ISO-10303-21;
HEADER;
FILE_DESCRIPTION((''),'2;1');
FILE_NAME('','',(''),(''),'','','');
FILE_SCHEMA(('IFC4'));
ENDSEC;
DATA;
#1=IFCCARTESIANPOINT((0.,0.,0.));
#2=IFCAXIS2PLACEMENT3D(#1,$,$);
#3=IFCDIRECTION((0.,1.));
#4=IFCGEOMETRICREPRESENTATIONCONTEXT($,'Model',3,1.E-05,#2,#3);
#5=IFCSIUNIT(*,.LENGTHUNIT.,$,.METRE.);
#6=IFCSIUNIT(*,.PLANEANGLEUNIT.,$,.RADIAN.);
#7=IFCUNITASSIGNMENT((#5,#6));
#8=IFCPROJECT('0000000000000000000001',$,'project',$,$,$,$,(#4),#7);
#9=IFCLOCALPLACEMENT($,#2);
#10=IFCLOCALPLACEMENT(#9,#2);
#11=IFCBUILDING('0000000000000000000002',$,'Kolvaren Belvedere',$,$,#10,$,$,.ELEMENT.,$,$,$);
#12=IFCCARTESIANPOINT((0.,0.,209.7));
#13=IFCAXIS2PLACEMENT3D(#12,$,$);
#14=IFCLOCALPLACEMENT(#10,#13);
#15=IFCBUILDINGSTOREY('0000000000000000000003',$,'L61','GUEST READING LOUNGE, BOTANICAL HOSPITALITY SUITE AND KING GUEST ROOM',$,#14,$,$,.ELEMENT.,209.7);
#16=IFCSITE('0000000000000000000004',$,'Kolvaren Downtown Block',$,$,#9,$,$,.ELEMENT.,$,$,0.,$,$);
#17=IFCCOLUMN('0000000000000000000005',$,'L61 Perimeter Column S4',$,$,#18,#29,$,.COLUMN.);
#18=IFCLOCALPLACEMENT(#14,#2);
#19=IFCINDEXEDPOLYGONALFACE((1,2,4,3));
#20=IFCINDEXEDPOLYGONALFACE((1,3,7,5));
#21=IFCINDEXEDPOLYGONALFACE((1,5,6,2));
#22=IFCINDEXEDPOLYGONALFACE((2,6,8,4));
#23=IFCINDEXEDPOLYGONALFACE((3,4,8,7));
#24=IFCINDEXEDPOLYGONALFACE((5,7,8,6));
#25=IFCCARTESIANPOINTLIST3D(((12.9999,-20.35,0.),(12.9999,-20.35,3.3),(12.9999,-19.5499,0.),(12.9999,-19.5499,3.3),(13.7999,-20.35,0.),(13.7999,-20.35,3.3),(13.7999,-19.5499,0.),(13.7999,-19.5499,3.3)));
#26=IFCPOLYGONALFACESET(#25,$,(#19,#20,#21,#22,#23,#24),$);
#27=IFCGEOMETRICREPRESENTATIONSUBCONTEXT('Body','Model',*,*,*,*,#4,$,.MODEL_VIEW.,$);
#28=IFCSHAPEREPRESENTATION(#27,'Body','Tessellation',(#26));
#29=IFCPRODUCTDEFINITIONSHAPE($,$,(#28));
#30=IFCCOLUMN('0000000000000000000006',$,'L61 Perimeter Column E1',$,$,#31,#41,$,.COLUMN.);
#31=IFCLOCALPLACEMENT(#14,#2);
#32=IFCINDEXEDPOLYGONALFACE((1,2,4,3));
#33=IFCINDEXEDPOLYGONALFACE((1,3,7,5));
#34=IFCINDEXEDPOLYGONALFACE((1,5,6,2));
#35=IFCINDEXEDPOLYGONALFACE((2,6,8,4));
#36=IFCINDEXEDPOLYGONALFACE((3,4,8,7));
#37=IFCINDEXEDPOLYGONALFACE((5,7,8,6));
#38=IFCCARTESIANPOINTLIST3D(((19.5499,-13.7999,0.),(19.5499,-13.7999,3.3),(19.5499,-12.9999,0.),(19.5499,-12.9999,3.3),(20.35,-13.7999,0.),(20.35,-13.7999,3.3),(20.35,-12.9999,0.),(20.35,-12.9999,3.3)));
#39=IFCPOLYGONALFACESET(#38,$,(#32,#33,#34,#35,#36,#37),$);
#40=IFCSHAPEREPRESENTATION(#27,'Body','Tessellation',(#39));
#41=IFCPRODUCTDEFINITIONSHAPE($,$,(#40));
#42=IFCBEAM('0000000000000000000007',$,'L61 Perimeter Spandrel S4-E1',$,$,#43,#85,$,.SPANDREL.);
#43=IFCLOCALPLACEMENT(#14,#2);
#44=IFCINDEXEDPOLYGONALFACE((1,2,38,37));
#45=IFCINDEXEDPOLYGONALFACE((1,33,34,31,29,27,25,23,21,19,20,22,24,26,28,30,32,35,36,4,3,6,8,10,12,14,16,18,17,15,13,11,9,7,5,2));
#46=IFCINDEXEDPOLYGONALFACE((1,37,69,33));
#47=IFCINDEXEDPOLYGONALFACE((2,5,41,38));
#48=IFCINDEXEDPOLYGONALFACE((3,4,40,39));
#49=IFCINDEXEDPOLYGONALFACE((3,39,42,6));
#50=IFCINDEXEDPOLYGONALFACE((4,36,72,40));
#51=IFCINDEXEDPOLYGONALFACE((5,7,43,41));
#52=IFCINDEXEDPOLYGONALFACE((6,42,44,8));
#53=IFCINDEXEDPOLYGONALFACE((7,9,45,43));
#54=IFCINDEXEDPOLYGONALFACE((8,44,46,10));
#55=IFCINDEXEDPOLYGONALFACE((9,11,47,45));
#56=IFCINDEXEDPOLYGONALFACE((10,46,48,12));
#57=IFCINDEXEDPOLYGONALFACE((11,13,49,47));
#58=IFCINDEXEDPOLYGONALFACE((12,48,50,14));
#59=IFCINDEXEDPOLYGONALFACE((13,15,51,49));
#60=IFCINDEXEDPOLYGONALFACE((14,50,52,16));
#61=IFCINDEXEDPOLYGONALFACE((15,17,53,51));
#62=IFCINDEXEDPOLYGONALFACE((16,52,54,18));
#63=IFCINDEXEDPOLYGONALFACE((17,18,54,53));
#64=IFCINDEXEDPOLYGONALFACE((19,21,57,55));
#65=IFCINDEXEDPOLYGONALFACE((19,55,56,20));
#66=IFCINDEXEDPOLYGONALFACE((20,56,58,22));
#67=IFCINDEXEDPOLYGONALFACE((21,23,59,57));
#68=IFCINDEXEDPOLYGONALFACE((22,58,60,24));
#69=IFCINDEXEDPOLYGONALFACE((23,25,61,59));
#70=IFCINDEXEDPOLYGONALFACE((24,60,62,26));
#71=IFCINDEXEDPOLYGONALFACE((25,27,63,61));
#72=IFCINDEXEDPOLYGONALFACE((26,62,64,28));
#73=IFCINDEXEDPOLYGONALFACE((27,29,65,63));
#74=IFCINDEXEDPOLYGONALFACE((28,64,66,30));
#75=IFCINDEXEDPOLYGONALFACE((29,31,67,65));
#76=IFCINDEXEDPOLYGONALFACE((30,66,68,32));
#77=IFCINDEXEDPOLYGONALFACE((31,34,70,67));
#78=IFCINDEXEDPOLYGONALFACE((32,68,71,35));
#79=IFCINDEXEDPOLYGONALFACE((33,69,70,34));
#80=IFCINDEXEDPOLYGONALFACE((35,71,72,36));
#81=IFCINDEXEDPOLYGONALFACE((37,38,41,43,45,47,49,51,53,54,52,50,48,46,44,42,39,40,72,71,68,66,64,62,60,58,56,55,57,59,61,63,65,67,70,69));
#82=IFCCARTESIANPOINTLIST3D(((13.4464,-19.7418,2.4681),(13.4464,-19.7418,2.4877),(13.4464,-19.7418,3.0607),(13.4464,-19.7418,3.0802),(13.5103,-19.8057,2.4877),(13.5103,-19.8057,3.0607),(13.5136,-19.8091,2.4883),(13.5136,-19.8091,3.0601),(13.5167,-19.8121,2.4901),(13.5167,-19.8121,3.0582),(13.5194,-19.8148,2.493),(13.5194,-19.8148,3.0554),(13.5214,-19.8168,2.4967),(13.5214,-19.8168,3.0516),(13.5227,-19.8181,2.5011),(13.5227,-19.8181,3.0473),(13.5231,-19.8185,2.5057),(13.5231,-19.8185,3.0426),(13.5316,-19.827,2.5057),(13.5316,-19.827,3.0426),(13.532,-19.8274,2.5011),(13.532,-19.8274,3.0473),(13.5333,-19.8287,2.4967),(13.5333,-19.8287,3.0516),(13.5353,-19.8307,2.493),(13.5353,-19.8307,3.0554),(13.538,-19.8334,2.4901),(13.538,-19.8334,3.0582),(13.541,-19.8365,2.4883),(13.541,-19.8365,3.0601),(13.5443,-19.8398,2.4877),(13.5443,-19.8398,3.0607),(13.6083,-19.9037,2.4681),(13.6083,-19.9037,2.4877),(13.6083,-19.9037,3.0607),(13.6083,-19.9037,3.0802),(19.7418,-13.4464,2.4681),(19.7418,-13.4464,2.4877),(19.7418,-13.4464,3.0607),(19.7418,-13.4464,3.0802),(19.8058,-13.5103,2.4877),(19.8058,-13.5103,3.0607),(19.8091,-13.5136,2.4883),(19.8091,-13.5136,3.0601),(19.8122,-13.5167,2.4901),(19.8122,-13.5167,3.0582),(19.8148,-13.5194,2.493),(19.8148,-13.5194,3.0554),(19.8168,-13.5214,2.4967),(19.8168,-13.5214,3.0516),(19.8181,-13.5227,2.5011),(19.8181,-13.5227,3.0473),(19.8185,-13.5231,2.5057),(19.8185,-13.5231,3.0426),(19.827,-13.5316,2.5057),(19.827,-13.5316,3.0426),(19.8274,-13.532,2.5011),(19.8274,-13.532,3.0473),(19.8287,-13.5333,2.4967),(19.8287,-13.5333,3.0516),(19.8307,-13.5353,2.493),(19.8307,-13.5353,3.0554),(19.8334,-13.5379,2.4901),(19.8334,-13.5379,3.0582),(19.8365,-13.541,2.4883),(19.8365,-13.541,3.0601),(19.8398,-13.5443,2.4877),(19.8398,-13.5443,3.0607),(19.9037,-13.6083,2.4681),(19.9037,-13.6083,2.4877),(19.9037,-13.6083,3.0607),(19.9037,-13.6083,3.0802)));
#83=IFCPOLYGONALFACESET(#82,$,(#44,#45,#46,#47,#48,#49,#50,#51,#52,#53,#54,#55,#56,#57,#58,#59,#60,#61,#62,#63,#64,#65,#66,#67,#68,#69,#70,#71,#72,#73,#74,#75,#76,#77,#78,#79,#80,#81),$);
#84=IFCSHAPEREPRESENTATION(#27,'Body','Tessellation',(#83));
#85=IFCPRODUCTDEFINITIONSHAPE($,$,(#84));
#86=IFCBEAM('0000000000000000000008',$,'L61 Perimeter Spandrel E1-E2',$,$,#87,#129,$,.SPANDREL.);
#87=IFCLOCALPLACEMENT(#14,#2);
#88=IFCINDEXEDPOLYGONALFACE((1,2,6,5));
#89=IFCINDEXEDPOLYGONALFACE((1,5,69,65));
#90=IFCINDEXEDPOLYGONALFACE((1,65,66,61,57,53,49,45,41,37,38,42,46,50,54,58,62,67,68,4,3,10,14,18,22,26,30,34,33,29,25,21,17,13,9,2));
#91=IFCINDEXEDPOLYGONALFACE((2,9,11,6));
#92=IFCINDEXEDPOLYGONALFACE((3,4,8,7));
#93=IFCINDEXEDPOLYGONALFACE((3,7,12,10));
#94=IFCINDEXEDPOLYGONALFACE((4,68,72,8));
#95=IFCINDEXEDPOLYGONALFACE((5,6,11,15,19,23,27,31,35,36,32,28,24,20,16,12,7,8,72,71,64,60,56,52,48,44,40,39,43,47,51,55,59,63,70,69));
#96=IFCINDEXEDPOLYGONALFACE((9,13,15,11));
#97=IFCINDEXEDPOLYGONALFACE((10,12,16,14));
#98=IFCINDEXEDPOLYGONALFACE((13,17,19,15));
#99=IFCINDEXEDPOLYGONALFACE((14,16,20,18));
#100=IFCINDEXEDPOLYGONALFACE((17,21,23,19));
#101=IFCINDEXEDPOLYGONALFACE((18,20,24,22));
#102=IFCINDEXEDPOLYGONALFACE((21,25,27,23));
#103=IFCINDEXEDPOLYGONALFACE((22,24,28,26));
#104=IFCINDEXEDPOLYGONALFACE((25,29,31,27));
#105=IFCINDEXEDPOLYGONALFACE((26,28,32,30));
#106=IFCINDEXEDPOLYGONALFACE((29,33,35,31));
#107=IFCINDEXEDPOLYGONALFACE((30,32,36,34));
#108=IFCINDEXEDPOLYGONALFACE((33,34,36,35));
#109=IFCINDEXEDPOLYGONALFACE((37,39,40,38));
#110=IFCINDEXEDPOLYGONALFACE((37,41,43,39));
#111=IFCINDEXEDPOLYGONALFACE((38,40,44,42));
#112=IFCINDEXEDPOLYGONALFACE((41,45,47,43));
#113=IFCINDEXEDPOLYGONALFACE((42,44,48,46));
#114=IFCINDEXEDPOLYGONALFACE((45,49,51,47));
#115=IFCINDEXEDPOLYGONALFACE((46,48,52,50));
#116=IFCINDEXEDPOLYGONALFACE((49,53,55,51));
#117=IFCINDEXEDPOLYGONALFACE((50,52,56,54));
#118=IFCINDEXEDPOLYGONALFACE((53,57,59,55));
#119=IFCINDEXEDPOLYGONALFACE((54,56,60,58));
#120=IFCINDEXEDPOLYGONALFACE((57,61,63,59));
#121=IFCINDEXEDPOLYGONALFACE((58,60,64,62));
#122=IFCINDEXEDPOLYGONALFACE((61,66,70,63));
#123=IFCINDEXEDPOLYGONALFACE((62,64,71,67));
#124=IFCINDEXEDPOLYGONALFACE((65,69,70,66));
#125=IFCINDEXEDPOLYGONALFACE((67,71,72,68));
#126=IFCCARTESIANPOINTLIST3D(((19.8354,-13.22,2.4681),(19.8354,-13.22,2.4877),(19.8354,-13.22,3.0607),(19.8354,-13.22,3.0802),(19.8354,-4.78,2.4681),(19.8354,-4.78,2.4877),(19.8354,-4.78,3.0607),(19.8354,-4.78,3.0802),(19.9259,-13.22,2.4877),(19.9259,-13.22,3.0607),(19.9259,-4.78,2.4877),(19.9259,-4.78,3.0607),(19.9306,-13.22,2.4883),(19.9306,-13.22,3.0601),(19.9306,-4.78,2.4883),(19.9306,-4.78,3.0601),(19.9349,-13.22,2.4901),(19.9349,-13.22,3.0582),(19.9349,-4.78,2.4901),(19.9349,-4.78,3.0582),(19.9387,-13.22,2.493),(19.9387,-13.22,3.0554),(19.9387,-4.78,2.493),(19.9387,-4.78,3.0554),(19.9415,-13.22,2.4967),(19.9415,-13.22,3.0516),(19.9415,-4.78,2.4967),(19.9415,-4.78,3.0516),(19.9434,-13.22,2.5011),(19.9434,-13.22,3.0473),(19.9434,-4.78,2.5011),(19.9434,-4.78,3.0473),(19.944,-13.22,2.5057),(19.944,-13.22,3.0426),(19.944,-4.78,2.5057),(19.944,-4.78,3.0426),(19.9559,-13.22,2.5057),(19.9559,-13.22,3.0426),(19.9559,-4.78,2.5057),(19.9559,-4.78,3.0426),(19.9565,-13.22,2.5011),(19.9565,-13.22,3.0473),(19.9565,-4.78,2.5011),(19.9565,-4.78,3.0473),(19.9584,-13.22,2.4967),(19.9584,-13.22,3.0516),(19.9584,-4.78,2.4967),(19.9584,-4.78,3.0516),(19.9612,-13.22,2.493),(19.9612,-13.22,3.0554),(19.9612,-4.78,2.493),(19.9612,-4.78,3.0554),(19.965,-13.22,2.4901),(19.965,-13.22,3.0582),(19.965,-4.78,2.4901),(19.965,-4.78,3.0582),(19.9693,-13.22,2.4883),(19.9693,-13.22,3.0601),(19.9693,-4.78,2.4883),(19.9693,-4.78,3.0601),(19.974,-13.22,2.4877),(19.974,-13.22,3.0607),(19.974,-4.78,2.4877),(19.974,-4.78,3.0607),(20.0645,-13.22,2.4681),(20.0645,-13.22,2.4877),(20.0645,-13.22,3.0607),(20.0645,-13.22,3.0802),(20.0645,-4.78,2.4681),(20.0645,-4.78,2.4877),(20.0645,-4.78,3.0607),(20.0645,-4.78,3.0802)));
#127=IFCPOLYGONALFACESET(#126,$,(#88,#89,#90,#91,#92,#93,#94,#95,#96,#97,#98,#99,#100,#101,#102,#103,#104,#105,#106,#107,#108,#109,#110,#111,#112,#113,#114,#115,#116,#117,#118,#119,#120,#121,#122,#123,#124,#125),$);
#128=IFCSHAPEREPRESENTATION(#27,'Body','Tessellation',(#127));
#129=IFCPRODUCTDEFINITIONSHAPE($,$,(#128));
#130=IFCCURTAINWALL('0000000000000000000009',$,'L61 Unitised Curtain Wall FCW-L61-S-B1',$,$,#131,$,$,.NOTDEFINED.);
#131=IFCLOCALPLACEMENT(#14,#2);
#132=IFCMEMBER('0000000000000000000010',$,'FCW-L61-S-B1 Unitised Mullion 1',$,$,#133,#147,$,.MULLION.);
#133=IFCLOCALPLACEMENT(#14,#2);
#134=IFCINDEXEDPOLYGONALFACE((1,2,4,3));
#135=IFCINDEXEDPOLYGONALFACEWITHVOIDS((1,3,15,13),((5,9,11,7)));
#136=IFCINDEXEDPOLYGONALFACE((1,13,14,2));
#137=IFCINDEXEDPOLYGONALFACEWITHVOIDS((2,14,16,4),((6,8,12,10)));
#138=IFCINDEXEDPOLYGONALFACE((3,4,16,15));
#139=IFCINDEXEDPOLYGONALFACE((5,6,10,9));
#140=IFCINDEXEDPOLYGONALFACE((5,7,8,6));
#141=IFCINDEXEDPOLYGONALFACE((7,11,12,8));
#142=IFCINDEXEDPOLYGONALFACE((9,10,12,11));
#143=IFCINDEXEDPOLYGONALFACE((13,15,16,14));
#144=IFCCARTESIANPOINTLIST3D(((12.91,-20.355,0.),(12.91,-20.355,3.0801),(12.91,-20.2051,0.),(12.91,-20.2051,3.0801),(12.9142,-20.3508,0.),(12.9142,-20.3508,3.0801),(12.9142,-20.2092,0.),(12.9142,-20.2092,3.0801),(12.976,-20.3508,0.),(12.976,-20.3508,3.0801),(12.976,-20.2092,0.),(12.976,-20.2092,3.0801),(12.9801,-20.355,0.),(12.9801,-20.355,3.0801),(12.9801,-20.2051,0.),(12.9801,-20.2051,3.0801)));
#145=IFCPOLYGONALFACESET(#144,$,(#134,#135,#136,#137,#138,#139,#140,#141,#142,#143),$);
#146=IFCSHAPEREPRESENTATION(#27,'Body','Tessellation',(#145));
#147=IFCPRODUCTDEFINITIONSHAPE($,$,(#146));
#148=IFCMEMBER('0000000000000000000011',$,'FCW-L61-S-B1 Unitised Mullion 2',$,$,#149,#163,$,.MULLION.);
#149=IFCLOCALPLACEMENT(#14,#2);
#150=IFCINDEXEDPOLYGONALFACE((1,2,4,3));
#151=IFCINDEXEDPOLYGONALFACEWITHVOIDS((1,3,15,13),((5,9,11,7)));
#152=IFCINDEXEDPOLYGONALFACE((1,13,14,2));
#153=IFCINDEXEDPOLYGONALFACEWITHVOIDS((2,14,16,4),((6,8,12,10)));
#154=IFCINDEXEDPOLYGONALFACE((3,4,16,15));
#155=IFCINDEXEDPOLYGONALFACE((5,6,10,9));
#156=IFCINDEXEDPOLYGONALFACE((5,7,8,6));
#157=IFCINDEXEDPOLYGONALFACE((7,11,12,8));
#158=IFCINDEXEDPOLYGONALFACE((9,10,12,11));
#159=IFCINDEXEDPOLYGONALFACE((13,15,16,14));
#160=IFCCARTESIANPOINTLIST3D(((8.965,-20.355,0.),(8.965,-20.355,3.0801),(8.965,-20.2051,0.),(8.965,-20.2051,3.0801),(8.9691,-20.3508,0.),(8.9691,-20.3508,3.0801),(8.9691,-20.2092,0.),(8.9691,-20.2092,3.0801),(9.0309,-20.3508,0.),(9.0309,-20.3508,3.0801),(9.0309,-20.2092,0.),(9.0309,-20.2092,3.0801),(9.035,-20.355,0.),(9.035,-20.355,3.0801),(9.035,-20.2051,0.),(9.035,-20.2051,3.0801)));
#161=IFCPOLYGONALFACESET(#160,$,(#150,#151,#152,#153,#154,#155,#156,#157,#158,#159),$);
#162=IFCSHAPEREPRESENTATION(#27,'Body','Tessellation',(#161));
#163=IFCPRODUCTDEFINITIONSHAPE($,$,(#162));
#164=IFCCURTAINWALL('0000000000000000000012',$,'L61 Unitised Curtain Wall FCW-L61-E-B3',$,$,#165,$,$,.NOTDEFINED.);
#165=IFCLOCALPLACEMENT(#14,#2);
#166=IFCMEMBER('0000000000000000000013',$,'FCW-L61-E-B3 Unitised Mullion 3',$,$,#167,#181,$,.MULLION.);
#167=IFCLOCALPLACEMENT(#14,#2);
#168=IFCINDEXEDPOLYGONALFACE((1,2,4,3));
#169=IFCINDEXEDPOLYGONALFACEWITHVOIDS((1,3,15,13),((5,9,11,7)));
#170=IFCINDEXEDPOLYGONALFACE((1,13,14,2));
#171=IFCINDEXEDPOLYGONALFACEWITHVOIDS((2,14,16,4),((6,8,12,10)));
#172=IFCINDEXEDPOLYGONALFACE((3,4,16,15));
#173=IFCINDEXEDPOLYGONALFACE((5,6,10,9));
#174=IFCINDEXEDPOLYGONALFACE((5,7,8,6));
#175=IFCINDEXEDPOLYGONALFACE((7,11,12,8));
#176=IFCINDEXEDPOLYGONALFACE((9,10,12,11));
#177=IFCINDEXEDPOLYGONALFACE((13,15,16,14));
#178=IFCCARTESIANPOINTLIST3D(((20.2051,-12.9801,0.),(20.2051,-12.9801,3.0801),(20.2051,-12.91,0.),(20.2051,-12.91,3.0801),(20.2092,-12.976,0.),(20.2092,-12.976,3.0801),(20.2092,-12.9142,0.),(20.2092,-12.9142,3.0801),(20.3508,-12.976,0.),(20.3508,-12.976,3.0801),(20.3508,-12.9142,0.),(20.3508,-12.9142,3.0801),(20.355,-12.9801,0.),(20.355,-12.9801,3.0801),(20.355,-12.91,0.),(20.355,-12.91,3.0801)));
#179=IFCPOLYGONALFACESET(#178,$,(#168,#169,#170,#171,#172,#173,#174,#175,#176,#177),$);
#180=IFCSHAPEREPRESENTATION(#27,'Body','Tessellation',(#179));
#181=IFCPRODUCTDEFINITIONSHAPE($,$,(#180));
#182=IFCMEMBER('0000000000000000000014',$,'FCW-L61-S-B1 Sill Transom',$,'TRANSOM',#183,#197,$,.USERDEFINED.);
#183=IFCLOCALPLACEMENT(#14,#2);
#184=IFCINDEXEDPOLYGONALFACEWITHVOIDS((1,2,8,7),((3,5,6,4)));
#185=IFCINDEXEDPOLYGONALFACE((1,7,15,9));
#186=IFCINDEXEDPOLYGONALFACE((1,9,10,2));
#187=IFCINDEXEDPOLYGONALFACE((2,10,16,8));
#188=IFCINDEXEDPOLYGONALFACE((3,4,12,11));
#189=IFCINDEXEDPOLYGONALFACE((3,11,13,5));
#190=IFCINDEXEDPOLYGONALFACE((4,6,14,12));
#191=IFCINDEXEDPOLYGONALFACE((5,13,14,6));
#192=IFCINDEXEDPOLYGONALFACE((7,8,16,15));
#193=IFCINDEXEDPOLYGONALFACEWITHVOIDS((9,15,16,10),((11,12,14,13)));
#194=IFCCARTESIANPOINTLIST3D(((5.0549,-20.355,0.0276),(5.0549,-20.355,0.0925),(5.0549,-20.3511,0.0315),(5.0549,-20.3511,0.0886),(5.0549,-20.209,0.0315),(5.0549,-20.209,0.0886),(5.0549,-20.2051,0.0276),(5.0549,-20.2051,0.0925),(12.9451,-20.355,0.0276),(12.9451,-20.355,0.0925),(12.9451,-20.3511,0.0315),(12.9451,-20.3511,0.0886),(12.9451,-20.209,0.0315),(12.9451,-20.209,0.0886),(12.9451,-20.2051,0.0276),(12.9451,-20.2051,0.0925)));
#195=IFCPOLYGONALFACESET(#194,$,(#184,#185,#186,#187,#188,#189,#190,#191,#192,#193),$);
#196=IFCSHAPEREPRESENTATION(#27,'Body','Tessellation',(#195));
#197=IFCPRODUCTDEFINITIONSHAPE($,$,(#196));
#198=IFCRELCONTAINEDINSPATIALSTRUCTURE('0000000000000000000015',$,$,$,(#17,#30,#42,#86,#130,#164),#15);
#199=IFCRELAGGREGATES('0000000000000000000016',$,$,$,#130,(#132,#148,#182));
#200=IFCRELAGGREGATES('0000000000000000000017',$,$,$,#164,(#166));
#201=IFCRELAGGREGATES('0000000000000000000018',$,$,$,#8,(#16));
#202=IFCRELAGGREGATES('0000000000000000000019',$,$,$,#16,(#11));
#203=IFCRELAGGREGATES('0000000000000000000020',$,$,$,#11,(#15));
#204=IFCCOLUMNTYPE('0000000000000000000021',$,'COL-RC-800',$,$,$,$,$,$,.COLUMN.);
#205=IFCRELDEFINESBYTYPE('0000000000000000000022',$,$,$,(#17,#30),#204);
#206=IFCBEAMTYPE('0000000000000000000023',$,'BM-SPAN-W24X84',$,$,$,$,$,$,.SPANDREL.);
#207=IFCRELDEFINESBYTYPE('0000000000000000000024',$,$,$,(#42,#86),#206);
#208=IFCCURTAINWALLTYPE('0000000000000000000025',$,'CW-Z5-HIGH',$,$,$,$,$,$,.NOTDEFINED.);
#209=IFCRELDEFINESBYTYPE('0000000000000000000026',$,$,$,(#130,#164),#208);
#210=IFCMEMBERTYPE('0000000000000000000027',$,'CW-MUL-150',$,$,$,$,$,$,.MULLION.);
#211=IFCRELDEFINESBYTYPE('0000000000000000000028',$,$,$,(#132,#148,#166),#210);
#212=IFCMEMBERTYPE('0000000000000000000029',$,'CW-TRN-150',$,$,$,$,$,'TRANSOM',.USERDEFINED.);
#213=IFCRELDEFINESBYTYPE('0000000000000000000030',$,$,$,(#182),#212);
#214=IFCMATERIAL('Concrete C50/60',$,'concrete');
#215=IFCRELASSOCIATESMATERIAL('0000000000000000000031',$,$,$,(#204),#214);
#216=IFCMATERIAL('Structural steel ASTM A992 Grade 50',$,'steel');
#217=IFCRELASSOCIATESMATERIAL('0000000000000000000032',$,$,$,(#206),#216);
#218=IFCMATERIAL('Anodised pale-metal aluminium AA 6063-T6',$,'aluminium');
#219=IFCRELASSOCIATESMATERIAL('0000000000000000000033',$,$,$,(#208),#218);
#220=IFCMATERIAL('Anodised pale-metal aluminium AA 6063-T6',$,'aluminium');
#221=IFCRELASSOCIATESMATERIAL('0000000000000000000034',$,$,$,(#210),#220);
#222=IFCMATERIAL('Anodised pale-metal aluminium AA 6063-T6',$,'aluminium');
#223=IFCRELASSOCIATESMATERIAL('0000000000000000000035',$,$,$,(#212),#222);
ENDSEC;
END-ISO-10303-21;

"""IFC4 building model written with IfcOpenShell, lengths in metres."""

from ifc_helpers import new_model, si_unit, direction, frame, origin, origin_2d, place, context, subcontext, project, spatial, rectangle, hollow_rectangle, i_section, extrude, material, material_profile, profile_set, type_object, element, aggregate, save


model = new_model("IFC4")

# Units and contexts
model_context = context("Model", 3, precision=1e-05, world=origin(), true_north=direction((0.0, 1.0)))
body_context = subcontext(model_context, "Body", "Model", "MODEL_VIEW")
ifc_project = project(units=[si_unit("LENGTHUNIT", "METRE"), si_unit("PLANEANGLEUNIT", "RADIAN")], contexts=[model_context])

# Site, building, storey
site_placement = place(None, origin())
site = spatial("IfcSite", under=ifc_project, at=site_placement, Name="Kolvaren Downtown Block", CompositionType="ELEMENT", RefElevation=0.0)
building_placement = place(site_placement, origin())
building = spatial("IfcBuilding", under=site, at=building_placement, Name="Kolvaren Belvedere", CompositionType="ELEMENT")
storey_placement = place(building_placement, frame((0.0, 0.0, 209.7)))
storey = spatial("IfcBuildingStorey", under=building, at=storey_placement, Name="L61", Description="GUEST READING LOUNGE, BOTANICAL HOSPITALITY SUITE AND KING GUEST ROOM", CompositionType="ELEMENT", Elevation=209.7)

# Columns
ifc_material_1 = material(Name="Concrete C50/60", Category="concrete")
ifc_material_profile_1 = material_profile(ifc_material_1, rectangle(XDim=0.8, YDim=0.8, at=origin_2d()), Name="RC 800X800")
ifc_profile_set_1 = profile_set([ifc_material_profile_1], Name="Concrete C50/60")
column_type = type_object("IfcColumnType", Name="COL-RC-800", PredefinedType="COLUMN", material=ifc_profile_set_1)
for number, where, z_axis, x_axis, name in (
    (1, (13.3999, -19.95, 0.0), (0.0, 0.0, 1.0), (1.0, 0.0, 0.0), "L61 Perimeter Column S4"),
    (2, (19.95, -13.3999, 0.0), (0.0, 0.0, 1.0), (1.0, 0.0, 0.0), "L61 Perimeter Column E1"),
):
    element("IfcColumn", number, at=place(storey_placement, frame(where, z_axis=z_axis, x_axis=x_axis)), inside=storey, type_object=column_type, Name=name, PredefinedType="COLUMN", context=body_context, shape_type="SweptSolid", body=[
        extrude(rectangle(XDim=0.8, YDim=0.8, at=origin_2d()), origin(), (0.0, 0.0, 1.0), 3.3),
    ])

# Beams
ifc_material_2 = material(Name="Structural steel ASTM A992 Grade 50", Category="steel")
ifc_material_profile_2 = material_profile(ifc_material_2, i_section(OverallWidth=0.229, OverallDepth=0.6121, WebThickness=0.012, FlangeThickness=0.0195, FilletRadius=0.0181, at=origin_2d()), Name="W24X84")
ifc_profile_set_2 = profile_set([ifc_material_profile_2], Name="Structural steel ASTM A992 Grade 50")
beam_type = type_object("IfcBeamType", Name="BM-SPAN-W24X84", PredefinedType="SPANDREL", material=ifc_profile_set_2)
beam_1_placement = place(storey_placement, frame((13.5273, -19.8228, 2.7742), z_axis=(0.707107, 0.707107, 0.0), x_axis=(-0.707107, 0.707107, 0.0)))
element("IfcBeam", 3, at=beam_1_placement, inside=storey, type_object=beam_type, Name="L61 Perimeter Spandrel S4-E1", PredefinedType="SPANDREL", context=body_context, shape_type="SweptSolid", body=[
    extrude(i_section(OverallWidth=0.229, OverallDepth=0.6121, WebThickness=0.012, FlangeThickness=0.0195, FilletRadius=0.0181, at=origin_2d()), origin(), (0.0, 0.0, 1.0), 8.9031),
])
beam_2_placement = place(storey_placement, frame((19.95, -13.22, 2.7742), z_axis=(0.0, 1.0, 0.0), x_axis=(-1.0, 0.0, 0.0)))
element("IfcBeam", 4, at=beam_2_placement, inside=storey, type_object=beam_type, Name="L61 Perimeter Spandrel E1-E2", PredefinedType="SPANDREL", context=body_context, shape_type="SweptSolid", body=[
    extrude(i_section(OverallWidth=0.229, OverallDepth=0.6121, WebThickness=0.012, FlangeThickness=0.0195, FilletRadius=0.0181, at=origin_2d()), origin(), (0.0, 0.0, 1.0), 8.4399),
])

# Curtain wall, members
ifc_material_3 = material(Name="Anodised pale-metal aluminium AA 6063-T6", Category="aluminium")
curtain_wall_type = type_object("IfcCurtainWallType", Name="CW-Z5-HIGH", PredefinedType="NOTDEFINED", material=ifc_material_3)
curtain_wall_1_placement = place(storey_placement, origin())
curtain_wall_1 = element("IfcCurtainWall", 5, at=curtain_wall_1_placement, inside=storey, type_object=curtain_wall_type, Name="L61 Unitised Curtain Wall FCW-L61-S-B1", PredefinedType="NOTDEFINED")
ifc_material_4 = material(Name="Anodised pale-metal aluminium AA 6063-T6", Category="aluminium")
ifc_material_profile_3 = material_profile(ifc_material_4, hollow_rectangle(XDim=0.0701, YDim=0.1499, WallThickness=0.0042, at=origin_2d()), Name="ALU-MUL-150X70")
ifc_profile_set_3 = profile_set([ifc_material_profile_3], Name="Anodised pale-metal aluminium AA 6063-T6")
member_type_1 = type_object("IfcMemberType", Name="CW-MUL-150", PredefinedType="MULLION", material=ifc_profile_set_3)
member_1_placement = place(storey_placement, frame((12.9451, -20.28, 0.0), z_axis=(0.0, 0.0, 1.0), x_axis=(1.0, 0.0, 0.0)))
member_1 = element("IfcMember", 6, at=member_1_placement, type_object=member_type_1, Name="FCW-L61-S-B1 Unitised Mullion 1", PredefinedType="MULLION", context=body_context, shape_type="SweptSolid", body=[
    extrude(hollow_rectangle(XDim=0.0701, YDim=0.1499, WallThickness=0.0042, at=origin_2d()), origin(), (0.0, 0.0, 1.0), 3.0801),
])
member_2_placement = place(storey_placement, frame((9.0, -20.28, 0.0), z_axis=(0.0, 0.0, 1.0), x_axis=(1.0, 0.0, 0.0)))
member_2 = element("IfcMember", 7, at=member_2_placement, type_object=member_type_1, Name="FCW-L61-S-B1 Unitised Mullion 2", PredefinedType="MULLION", context=body_context, shape_type="SweptSolid", body=[
    extrude(hollow_rectangle(XDim=0.0701, YDim=0.1499, WallThickness=0.0042, at=origin_2d()), origin(), (0.0, 0.0, 1.0), 3.0801),
])

# Curtain wall, member
curtain_wall_2_placement = place(storey_placement, origin())
curtain_wall_2 = element("IfcCurtainWall", 8, at=curtain_wall_2_placement, inside=storey, type_object=curtain_wall_type, Name="L61 Unitised Curtain Wall FCW-L61-E-B3", PredefinedType="NOTDEFINED")
member_3_placement = place(storey_placement, frame((20.28, -12.9451, 0.0), z_axis=(0.0, 0.0, 1.0), x_axis=(0.0, 1.0, 0.0)))
member_3 = element("IfcMember", 9, at=member_3_placement, type_object=member_type_1, Name="FCW-L61-E-B3 Unitised Mullion 3", PredefinedType="MULLION", context=body_context, shape_type="SweptSolid", body=[
    extrude(hollow_rectangle(XDim=0.0701, YDim=0.1499, WallThickness=0.0042, at=origin_2d()), origin(), (0.0, 0.0, 1.0), 3.0801),
])

# Member
ifc_material_5 = material(Name="Anodised pale-metal aluminium AA 6063-T6", Category="aluminium")
ifc_material_profile_4 = material_profile(ifc_material_5, hollow_rectangle(XDim=0.0649, YDim=0.1499, WallThickness=0.0039, at=origin_2d()), Name="ALU-TRN-150X65")
ifc_profile_set_4 = profile_set([ifc_material_profile_4], Name="Anodised pale-metal aluminium AA 6063-T6")
member_type_2 = type_object("IfcMemberType", Name="CW-TRN-150", ElementType="TRANSOM", PredefinedType="USERDEFINED", material=ifc_profile_set_4)
member_4_placement = place(storey_placement, frame((12.9451, -20.28, 0.0601), z_axis=(-1.0, 0.0, 0.0), x_axis=(0.0, 0.0, 1.0)))
member_4 = element("IfcMember", 10, at=member_4_placement, type_object=member_type_2, Name="FCW-L61-S-B1 Sill Transom", ObjectType="TRANSOM", PredefinedType="USERDEFINED", context=body_context, shape_type="SweptSolid", body=[
    extrude(hollow_rectangle(XDim=0.0649, YDim=0.1499, WallThickness=0.0039, at=origin_2d()), origin(), (0.0, 0.0, 1.0), 7.8901),
])

aggregate(curtain_wall_1, [member_1, member_2, member_4])
aggregate(curtain_wall_2, [member_3])

save(model, "model.ifc")
